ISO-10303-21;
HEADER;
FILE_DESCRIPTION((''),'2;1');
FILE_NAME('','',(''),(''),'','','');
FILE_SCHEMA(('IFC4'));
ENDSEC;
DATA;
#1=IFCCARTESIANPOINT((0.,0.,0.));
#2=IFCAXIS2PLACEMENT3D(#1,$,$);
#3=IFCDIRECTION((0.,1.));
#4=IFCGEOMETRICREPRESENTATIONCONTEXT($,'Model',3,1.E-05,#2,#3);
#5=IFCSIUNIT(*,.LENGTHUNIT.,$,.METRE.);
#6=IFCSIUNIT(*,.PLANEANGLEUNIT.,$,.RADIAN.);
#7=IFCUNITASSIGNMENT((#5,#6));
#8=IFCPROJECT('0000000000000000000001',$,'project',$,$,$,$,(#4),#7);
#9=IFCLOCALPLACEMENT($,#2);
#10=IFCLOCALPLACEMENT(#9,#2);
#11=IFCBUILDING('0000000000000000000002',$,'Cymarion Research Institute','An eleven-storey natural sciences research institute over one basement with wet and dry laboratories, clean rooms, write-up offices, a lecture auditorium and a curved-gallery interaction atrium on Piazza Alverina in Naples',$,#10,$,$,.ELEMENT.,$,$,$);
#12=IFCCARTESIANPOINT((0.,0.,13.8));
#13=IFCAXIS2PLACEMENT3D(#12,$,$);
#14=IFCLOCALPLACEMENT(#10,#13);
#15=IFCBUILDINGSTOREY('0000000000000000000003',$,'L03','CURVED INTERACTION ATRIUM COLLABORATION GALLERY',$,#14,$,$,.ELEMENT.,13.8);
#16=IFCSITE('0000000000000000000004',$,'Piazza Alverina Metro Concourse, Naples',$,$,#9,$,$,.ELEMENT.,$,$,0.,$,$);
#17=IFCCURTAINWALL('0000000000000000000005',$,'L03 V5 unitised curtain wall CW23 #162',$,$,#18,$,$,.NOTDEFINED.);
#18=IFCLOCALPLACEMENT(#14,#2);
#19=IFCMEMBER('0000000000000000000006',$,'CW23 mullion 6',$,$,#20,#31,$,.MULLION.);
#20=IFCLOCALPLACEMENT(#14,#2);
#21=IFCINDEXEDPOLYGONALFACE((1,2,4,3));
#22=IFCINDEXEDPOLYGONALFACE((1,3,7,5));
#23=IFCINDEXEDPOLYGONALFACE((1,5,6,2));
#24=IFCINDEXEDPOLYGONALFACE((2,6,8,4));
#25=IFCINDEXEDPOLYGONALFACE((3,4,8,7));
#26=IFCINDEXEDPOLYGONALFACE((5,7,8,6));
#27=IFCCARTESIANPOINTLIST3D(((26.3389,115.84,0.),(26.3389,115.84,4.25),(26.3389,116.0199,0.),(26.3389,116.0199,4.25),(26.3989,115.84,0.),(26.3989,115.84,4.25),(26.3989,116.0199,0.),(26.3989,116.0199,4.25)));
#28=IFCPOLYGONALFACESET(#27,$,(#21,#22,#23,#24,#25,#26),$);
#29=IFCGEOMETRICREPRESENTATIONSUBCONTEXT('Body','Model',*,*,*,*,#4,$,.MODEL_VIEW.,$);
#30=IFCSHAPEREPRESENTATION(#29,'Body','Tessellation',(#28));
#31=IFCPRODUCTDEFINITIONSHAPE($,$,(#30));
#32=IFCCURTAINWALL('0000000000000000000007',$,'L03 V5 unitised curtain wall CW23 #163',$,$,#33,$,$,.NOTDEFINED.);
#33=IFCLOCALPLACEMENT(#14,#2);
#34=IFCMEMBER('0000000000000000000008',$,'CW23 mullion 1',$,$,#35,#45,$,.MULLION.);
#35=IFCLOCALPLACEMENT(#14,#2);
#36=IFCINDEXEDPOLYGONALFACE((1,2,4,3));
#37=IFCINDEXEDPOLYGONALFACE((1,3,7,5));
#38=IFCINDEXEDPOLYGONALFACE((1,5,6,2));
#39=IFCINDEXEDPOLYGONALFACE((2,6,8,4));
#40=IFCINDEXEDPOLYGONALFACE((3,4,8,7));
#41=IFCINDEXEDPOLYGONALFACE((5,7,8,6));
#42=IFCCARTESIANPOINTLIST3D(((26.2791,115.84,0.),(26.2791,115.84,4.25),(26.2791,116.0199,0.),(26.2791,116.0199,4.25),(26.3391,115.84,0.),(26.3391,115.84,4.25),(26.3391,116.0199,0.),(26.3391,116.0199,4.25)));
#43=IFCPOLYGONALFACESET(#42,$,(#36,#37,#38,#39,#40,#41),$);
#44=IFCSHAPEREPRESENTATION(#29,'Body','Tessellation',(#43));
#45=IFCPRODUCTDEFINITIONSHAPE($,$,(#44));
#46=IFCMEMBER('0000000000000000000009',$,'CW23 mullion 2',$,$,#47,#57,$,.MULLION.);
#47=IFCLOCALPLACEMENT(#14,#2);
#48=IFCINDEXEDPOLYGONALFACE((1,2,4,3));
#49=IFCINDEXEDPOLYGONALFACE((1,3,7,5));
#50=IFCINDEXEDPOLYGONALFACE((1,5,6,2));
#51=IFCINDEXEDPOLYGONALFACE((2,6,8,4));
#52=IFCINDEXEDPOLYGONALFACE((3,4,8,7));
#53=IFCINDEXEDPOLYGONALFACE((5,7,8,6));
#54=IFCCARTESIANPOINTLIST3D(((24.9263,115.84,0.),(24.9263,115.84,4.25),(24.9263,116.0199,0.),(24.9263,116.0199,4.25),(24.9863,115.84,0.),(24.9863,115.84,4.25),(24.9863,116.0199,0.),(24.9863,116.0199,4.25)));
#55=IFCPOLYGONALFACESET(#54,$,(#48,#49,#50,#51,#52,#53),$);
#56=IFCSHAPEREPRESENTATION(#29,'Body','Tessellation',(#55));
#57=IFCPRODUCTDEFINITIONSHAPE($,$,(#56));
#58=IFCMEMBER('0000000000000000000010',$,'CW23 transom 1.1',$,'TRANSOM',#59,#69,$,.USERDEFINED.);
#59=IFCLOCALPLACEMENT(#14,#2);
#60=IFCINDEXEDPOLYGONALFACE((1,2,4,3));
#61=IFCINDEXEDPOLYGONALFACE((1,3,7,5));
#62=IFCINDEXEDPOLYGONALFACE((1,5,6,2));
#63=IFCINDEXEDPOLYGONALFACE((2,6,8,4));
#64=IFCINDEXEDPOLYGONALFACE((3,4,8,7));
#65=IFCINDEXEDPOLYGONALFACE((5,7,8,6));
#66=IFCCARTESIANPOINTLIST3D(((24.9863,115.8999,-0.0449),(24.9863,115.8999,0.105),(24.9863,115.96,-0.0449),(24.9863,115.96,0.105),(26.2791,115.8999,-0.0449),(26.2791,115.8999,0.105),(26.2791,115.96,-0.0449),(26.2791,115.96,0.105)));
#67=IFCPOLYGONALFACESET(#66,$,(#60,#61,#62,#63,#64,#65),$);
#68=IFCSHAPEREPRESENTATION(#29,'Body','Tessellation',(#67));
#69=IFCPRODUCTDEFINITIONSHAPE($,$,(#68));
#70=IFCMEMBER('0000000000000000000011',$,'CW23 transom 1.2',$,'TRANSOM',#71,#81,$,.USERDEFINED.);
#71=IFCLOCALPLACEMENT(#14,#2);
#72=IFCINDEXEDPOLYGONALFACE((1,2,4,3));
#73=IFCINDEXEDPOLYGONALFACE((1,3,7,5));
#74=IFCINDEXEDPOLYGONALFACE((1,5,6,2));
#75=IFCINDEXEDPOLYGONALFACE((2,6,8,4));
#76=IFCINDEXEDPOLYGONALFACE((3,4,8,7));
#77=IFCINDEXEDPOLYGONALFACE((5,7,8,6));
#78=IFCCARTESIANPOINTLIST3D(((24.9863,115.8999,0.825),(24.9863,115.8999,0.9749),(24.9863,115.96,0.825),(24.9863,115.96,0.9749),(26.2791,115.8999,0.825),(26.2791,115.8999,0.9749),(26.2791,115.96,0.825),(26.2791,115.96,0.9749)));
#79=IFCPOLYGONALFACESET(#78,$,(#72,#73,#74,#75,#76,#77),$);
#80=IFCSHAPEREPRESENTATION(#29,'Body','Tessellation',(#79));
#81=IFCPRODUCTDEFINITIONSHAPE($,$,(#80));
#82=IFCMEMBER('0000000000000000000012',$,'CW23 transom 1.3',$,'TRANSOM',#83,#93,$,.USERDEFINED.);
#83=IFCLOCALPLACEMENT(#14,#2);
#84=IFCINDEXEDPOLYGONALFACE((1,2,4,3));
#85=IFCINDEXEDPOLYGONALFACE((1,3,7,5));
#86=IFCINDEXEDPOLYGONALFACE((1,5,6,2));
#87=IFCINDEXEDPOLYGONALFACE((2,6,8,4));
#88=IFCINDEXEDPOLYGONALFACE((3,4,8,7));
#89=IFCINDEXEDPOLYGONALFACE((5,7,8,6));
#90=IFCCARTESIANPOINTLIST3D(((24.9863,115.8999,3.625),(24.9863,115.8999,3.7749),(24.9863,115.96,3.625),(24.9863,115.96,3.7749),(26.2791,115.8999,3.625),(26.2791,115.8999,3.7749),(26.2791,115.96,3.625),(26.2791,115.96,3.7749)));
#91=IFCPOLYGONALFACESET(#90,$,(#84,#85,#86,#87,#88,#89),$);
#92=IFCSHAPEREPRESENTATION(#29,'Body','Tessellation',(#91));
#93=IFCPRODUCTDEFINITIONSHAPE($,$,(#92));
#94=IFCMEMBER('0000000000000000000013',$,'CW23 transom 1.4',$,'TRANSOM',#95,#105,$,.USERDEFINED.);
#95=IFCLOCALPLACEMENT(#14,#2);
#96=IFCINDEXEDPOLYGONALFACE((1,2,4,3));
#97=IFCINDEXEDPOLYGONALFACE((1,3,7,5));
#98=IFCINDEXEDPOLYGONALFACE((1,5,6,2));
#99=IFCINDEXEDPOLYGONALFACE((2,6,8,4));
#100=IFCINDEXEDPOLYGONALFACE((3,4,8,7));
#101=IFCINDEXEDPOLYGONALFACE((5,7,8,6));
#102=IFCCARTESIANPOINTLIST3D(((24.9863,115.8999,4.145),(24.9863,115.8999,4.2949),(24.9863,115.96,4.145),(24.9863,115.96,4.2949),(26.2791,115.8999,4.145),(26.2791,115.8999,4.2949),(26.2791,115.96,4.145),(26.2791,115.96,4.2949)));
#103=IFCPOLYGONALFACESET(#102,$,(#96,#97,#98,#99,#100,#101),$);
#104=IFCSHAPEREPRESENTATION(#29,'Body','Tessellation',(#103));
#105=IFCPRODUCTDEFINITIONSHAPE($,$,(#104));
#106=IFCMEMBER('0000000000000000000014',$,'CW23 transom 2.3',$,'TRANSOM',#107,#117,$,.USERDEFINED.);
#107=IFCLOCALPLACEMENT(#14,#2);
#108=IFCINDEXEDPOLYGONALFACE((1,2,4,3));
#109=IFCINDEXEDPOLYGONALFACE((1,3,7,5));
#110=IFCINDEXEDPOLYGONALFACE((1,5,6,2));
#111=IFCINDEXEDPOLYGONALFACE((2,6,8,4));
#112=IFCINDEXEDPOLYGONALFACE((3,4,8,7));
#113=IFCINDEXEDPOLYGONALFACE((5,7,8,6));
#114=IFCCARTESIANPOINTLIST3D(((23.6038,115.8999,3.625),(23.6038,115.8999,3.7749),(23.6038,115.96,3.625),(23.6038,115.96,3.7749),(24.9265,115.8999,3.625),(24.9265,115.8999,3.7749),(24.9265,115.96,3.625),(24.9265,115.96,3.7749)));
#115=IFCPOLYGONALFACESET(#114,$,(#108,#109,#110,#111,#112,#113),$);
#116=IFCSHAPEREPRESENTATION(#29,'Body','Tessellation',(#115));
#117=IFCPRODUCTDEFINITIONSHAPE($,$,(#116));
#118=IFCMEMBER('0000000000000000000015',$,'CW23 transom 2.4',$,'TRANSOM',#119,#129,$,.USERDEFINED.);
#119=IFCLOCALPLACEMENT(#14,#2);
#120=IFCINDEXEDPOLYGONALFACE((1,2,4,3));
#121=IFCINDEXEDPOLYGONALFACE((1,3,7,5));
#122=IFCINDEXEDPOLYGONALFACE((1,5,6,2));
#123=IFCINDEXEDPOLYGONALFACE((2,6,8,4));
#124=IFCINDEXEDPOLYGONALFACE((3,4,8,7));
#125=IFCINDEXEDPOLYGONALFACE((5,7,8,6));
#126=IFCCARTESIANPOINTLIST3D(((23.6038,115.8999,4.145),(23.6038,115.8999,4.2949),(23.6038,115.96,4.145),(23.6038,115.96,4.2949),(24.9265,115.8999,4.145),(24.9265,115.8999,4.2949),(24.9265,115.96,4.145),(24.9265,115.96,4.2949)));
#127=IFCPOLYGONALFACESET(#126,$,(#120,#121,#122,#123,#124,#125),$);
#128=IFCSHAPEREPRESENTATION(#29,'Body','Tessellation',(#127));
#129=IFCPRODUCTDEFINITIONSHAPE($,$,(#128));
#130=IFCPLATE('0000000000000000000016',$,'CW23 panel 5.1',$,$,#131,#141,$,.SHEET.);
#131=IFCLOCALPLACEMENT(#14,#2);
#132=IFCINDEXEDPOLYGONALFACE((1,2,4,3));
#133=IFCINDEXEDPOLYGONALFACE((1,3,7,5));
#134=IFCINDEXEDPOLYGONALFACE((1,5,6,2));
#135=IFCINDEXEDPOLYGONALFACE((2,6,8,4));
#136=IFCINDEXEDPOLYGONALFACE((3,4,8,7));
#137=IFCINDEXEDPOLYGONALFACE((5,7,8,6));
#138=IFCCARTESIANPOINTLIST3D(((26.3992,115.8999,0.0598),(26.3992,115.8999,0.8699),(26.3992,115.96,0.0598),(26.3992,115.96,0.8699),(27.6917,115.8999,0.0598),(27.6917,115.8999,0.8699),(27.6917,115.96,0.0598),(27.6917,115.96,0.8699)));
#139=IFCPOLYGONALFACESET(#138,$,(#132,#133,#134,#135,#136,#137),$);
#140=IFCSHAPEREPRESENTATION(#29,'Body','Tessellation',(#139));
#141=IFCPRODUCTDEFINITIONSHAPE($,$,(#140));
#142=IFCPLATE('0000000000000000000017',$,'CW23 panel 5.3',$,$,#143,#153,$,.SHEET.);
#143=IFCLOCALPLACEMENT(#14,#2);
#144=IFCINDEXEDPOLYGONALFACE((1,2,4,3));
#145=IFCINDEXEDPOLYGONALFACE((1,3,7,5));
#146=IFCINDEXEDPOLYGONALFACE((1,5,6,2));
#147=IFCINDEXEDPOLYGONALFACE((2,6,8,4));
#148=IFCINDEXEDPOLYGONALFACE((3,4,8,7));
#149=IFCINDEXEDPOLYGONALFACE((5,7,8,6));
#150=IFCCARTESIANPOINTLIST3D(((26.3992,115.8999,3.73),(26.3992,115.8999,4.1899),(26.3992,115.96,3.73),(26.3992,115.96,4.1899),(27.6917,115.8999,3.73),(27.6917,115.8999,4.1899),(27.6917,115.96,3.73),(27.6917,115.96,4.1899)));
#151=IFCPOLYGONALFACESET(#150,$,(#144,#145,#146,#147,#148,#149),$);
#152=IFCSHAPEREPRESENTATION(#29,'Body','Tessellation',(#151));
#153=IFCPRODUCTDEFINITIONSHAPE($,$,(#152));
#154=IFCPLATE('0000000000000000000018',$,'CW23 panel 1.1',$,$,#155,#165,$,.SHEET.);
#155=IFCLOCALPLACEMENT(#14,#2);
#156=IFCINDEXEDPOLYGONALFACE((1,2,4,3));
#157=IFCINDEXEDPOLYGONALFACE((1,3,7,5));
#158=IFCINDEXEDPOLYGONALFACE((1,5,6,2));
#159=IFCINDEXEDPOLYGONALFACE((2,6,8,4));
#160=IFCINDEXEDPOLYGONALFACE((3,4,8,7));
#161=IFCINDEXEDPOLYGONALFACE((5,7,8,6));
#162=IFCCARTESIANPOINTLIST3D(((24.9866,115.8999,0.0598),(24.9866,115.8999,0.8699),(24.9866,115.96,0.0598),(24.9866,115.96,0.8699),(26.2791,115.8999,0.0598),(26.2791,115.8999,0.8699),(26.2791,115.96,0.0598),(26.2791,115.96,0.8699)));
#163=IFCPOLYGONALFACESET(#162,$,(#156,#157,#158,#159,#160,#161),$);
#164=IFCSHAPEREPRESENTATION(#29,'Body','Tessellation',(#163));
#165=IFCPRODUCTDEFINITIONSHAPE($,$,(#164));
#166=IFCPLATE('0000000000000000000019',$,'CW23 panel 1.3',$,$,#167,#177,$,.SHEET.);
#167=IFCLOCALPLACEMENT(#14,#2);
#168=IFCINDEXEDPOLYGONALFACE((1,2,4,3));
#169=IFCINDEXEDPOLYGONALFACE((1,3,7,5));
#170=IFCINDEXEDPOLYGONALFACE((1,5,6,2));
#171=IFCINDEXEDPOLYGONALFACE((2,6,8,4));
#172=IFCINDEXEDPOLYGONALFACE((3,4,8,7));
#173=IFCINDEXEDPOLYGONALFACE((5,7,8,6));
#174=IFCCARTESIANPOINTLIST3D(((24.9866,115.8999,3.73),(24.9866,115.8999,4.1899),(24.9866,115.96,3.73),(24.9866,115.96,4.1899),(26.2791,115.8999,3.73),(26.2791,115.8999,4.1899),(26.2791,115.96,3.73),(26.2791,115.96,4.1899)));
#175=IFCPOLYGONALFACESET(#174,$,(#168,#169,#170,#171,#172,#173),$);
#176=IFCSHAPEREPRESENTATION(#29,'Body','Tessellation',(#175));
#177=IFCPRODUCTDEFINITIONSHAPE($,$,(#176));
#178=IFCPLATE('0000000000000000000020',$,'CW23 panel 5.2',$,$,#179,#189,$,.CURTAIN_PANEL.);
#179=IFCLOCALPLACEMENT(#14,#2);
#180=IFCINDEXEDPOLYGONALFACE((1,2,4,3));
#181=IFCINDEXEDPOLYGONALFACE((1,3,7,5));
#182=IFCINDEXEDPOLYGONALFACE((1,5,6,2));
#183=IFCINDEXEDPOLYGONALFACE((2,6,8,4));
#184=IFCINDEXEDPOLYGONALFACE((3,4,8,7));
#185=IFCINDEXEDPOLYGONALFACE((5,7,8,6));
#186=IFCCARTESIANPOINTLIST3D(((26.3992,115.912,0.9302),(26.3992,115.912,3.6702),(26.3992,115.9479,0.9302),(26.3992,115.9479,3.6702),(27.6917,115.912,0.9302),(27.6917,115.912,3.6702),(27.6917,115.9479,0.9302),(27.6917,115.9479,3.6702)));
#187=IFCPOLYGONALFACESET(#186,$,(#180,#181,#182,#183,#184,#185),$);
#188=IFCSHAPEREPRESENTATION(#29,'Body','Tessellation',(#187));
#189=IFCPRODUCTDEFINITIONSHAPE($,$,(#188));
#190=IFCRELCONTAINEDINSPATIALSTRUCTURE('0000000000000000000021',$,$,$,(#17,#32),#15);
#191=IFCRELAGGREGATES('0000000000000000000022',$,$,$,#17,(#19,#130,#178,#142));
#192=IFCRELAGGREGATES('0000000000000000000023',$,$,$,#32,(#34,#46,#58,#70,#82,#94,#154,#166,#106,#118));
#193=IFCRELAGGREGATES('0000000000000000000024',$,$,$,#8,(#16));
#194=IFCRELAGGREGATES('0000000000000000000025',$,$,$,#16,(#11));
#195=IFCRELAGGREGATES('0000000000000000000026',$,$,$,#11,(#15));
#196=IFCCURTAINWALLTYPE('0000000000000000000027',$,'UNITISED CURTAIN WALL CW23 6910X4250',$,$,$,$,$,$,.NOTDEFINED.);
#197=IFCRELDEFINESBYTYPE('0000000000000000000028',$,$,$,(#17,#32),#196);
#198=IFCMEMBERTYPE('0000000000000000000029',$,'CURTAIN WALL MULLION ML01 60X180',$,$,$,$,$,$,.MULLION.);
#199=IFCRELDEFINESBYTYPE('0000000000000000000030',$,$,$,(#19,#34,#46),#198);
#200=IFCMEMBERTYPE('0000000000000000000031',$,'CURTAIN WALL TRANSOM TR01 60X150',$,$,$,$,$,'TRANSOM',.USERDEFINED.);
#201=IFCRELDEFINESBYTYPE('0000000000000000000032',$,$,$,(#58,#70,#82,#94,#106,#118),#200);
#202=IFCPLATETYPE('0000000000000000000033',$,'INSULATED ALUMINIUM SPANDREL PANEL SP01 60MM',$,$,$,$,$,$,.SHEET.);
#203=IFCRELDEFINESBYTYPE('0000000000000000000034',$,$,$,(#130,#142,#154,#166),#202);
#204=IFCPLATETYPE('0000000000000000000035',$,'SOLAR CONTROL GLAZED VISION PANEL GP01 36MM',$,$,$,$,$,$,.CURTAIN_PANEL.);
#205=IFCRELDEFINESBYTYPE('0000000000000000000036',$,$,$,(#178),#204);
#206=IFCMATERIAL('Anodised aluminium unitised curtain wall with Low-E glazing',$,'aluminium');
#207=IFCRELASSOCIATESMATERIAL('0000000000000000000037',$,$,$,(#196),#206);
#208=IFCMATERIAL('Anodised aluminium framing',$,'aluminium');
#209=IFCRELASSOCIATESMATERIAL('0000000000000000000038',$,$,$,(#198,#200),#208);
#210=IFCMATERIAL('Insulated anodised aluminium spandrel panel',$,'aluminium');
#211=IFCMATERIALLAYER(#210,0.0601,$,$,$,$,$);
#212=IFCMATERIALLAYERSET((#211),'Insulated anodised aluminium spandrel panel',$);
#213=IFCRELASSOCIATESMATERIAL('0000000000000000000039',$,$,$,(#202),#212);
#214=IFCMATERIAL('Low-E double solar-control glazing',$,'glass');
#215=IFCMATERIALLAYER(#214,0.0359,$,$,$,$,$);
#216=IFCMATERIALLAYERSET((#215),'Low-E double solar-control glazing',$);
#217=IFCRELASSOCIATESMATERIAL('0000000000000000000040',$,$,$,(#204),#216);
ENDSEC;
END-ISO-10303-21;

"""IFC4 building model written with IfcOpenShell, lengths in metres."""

from ifc_helpers import new_model, si_unit, direction, frame, origin, origin_2d, place, context, subcontext, project, spatial, rectangle, extrude, material, layer, layer_set, material_profile, profile_set, type_object, element, aggregate, save


model = new_model("IFC4")

# Units and contexts
model_context = context("Model", 3, precision=1e-05, world=origin(), true_north=direction((0.0, 1.0)))
body_context = subcontext(model_context, "Body", "Model", "MODEL_VIEW")
ifc_project = project(units=[si_unit("LENGTHUNIT", "METRE"), si_unit("PLANEANGLEUNIT", "RADIAN")], contexts=[model_context])

# Site, building, storey
site_placement = place(None, origin())
site = spatial("IfcSite", under=ifc_project, at=site_placement, Name="Piazza Alverina Metro Concourse, Naples", CompositionType="ELEMENT", RefElevation=0.0)
building_placement = place(site_placement, origin())
building = spatial("IfcBuilding", under=site, at=building_placement, Name="Cymarion Research Institute", Description="An eleven-storey natural sciences research institute over one basement with wet and dry laboratories, clean rooms, write-up offices, a lecture auditorium and a curved-gallery interaction atrium on Piazza Alverina in Naples", CompositionType="ELEMENT")
storey_placement = place(building_placement, frame((0.0, 0.0, 13.8)))
storey = spatial("IfcBuildingStorey", under=building, at=storey_placement, Name="L03", Description="CURVED INTERACTION ATRIUM COLLABORATION GALLERY", CompositionType="ELEMENT", Elevation=13.8)

# Curtain wall, member
ifc_material_1 = material(Name="Anodised aluminium unitised curtain wall with Low-E glazing", Category="aluminium")
curtain_wall_type = type_object("IfcCurtainWallType", Name="UNITISED CURTAIN WALL CW23 6910X4250", PredefinedType="NOTDEFINED", material=ifc_material_1)
curtain_wall_1_placement = place(storey_placement, origin())
curtain_wall_1 = element("IfcCurtainWall", 1, at=curtain_wall_1_placement, inside=storey, type_object=curtain_wall_type, Name="L03 V5 unitised curtain wall CW23 #162", PredefinedType="NOTDEFINED")
ifc_material_2 = material(Name="Anodised aluminium framing", Category="aluminium")
ifc_material_profile_1 = material_profile(ifc_material_2, rectangle(XDim=0.0601, YDim=0.1799, at=origin_2d()), Name="ALU MULLION 60x180")
ifc_profile_set_1 = profile_set([ifc_material_profile_1], Name="Anodised aluminium framing")
member_type_1 = type_object("IfcMemberType", Name="CURTAIN WALL MULLION ML01 60X180", PredefinedType="MULLION", material=ifc_profile_set_1)
member_1_placement = place(storey_placement, frame((26.3689, 115.9299, 0.0), z_axis=(0.0, 0.0, 1.0), x_axis=(-1.0, 0.0, 0.0)))
member_1 = element("IfcMember", 2, at=member_1_placement, type_object=member_type_1, Name="CW23 mullion 6", PredefinedType="MULLION", context=body_context, shape_type="SweptSolid", body=[
    extrude(rectangle(XDim=0.0601, YDim=0.1799, at=origin_2d()), origin(), (0.0, 0.0, 1.0), 4.25),
])

# Curtain wall, members
curtain_wall_2_placement = place(storey_placement, origin())
curtain_wall_2 = element("IfcCurtainWall", 3, at=curtain_wall_2_placement, inside=storey, type_object=curtain_wall_type, Name="L03 V5 unitised curtain wall CW23 #163", PredefinedType="NOTDEFINED")
member_2_placement = place(storey_placement, frame((26.3091, 115.9299, 0.0), z_axis=(0.0, 0.0, 1.0), x_axis=(-1.0, 0.0, 0.0)))
member_2 = element("IfcMember", 4, at=member_2_placement, type_object=member_type_1, Name="CW23 mullion 1", PredefinedType="MULLION", context=body_context, shape_type="SweptSolid", body=[
    extrude(rectangle(XDim=0.0601, YDim=0.1799, at=origin_2d()), origin(), (0.0, 0.0, 1.0), 4.25),
])
member_3_placement = place(storey_placement, frame((24.9563, 115.9299, 0.0), z_axis=(0.0, 0.0, 1.0), x_axis=(-1.0, 0.0, 0.0)))
member_3 = element("IfcMember", 5, at=member_3_placement, type_object=member_type_1, Name="CW23 mullion 2", PredefinedType="MULLION", context=body_context, shape_type="SweptSolid", body=[
    extrude(rectangle(XDim=0.0601, YDim=0.1799, at=origin_2d()), origin(), (0.0, 0.0, 1.0), 4.25),
])
ifc_material_profile_2 = material_profile(ifc_material_2, rectangle(XDim=0.0601, YDim=0.1499, at=origin_2d()), Name="ALU TRANSOM 60x150")
ifc_profile_set_2 = profile_set([ifc_material_profile_2], Name="Anodised aluminium framing")
member_type_2 = type_object("IfcMemberType", Name="CURTAIN WALL TRANSOM TR01 60X150", ElementType="TRANSOM", PredefinedType="USERDEFINED", material=ifc_profile_set_2)
member_4_placement = place(storey_placement, frame((26.2791, 115.9299, 0.03), z_axis=(-1.0, 0.0, 0.0), x_axis=(0.0, -1.0, 0.0)))
member_4 = element("IfcMember", 6, at=member_4_placement, type_object=member_type_2, Name="CW23 transom 1.1", ObjectType="TRANSOM", PredefinedType="USERDEFINED", context=body_context, shape_type="SweptSolid", body=[
    extrude(rectangle(XDim=0.0601, YDim=0.1499, at=origin_2d()), origin(), (0.0, 0.0, 1.0), 1.2927),
])
member_5_placement = place(storey_placement, frame((26.2791, 115.9299, 0.8999), z_axis=(-1.0, 0.0, 0.0), x_axis=(0.0, -1.0, 0.0)))
member_5 = element("IfcMember", 7, at=member_5_placement, type_object=member_type_2, Name="CW23 transom 1.2", ObjectType="TRANSOM", PredefinedType="USERDEFINED", context=body_context, shape_type="SweptSolid", body=[
    extrude(rectangle(XDim=0.0601, YDim=0.1499, at=origin_2d()), origin(), (0.0, 0.0, 1.0), 1.2927),
])
member_6_placement = place(storey_placement, frame((26.2791, 115.9299, 3.7), z_axis=(-1.0, 0.0, 0.0), x_axis=(0.0, -1.0, 0.0)))
member_6 = element("IfcMember", 8, at=member_6_placement, type_object=member_type_2, Name="CW23 transom 1.3", ObjectType="TRANSOM", PredefinedType="USERDEFINED", context=body_context, shape_type="SweptSolid", body=[
    extrude(rectangle(XDim=0.0601, YDim=0.1499, at=origin_2d()), origin(), (0.0, 0.0, 1.0), 1.2927),
])
member_7_placement = place(storey_placement, frame((26.2791, 115.9299, 4.22), z_axis=(-1.0, 0.0, 0.0), x_axis=(0.0, -1.0, 0.0)))
member_7 = element("IfcMember", 9, at=member_7_placement, type_object=member_type_2, Name="CW23 transom 1.4", ObjectType="TRANSOM", PredefinedType="USERDEFINED", context=body_context, shape_type="SweptSolid", body=[
    extrude(rectangle(XDim=0.0601, YDim=0.1499, at=origin_2d()), origin(), (0.0, 0.0, 1.0), 1.2927),
])
member_8_placement = place(storey_placement, frame((24.9265, 115.9299, 3.7), z_axis=(-1.0, 0.0, 0.0), x_axis=(0.0, -1.0, 0.0)))
member_8 = element("IfcMember", 10, at=member_8_placement, type_object=member_type_2, Name="CW23 transom 2.3", ObjectType="TRANSOM", PredefinedType="USERDEFINED", context=body_context, shape_type="SweptSolid", body=[
    extrude(rectangle(XDim=0.0601, YDim=0.1499, at=origin_2d()), origin(), (0.0, 0.0, 1.0), 1.3228),
])
member_9_placement = place(storey_placement, frame((24.9265, 115.9299, 4.22), z_axis=(-1.0, 0.0, 0.0), x_axis=(0.0, -1.0, 0.0)))
member_9 = element("IfcMember", 11, at=member_9_placement, type_object=member_type_2, Name="CW23 transom 2.4", ObjectType="TRANSOM", PredefinedType="USERDEFINED", context=body_context, shape_type="SweptSolid", body=[
    extrude(rectangle(XDim=0.0601, YDim=0.1499, at=origin_2d()), origin(), (0.0, 0.0, 1.0), 1.3228),
])

# Plates
ifc_material_3 = material(Name="Insulated anodised aluminium spandrel panel", Category="aluminium")
ifc_layer_1 = layer(ifc_material_3, 0.0601)
ifc_layer_set_1 = layer_set([ifc_layer_1], Name="Insulated anodised aluminium spandrel panel")
plate_type_1 = type_object("IfcPlateType", Name="INSULATED ALUMINIUM SPANDREL PANEL SP01 60MM", PredefinedType="SHEET", material=ifc_layer_set_1)
plate_1_placement = place(storey_placement, frame((27.0454, 115.9299, 0.0598), z_axis=(0.0, 0.0, 1.0), x_axis=(-1.0, 0.0, 0.0)))
plate_1 = element("IfcPlate", 12, at=plate_1_placement, type_object=plate_type_1, Name="CW23 panel 5.1", PredefinedType="SHEET", context=body_context, shape_type="SweptSolid", body=[
    extrude(rectangle(XDim=1.2925, YDim=0.0601, at=origin_2d()), origin(), (0.0, 0.0, 1.0), 0.8101),
])
plate_2_placement = place(storey_placement, frame((27.0454, 115.9299, 3.73), z_axis=(0.0, 0.0, 1.0), x_axis=(-1.0, 0.0, 0.0)))
plate_2 = element("IfcPlate", 13, at=plate_2_placement, type_object=plate_type_1, Name="CW23 panel 5.3", PredefinedType="SHEET", context=body_context, shape_type="SweptSolid", body=[
    extrude(rectangle(XDim=1.2925, YDim=0.0601, at=origin_2d()), origin(), (0.0, 0.0, 1.0), 0.46),
])
plate_3_placement = place(storey_placement, frame((25.6328, 115.9299, 0.0598), z_axis=(0.0, 0.0, 1.0), x_axis=(-1.0, 0.0, 0.0)))
plate_3 = element("IfcPlate", 14, at=plate_3_placement, type_object=plate_type_1, Name="CW23 panel 1.1", PredefinedType="SHEET", context=body_context, shape_type="SweptSolid", body=[
    extrude(rectangle(XDim=1.2925, YDim=0.0601, at=origin_2d()), origin(), (0.0, 0.0, 1.0), 0.8101),
])
plate_4_placement = place(storey_placement, frame((25.6328, 115.9299, 3.73), z_axis=(0.0, 0.0, 1.0), x_axis=(-1.0, 0.0, 0.0)))
plate_4 = element("IfcPlate", 15, at=plate_4_placement, type_object=plate_type_1, Name="CW23 panel 1.3", PredefinedType="SHEET", context=body_context, shape_type="SweptSolid", body=[
    extrude(rectangle(XDim=1.2925, YDim=0.0601, at=origin_2d()), origin(), (0.0, 0.0, 1.0), 0.46),
])
ifc_material_4 = material(Name="Low-E double solar-control glazing", Category="glass")
ifc_layer_2 = layer(ifc_material_4, 0.0359)
ifc_layer_set_2 = layer_set([ifc_layer_2], Name="Low-E double solar-control glazing")
plate_type_2 = type_object("IfcPlateType", Name="SOLAR CONTROL GLAZED VISION PANEL GP01 36MM", PredefinedType="CURTAIN_PANEL", material=ifc_layer_set_2)
plate_5_placement = place(storey_placement, frame((27.0454, 115.9299, 0.9302), z_axis=(0.0, 0.0, 1.0), x_axis=(-1.0, 0.0, 0.0)))
plate_5 = element("IfcPlate", 16, at=plate_5_placement, type_object=plate_type_2, Name="CW23 panel 5.2", PredefinedType="CURTAIN_PANEL", context=body_context, shape_type="SweptSolid", body=[
    extrude(rectangle(XDim=1.2925, YDim=0.0359, at=origin_2d()), origin(), (0.0, 0.0, 1.0), 2.74),
])
aggregate(curtain_wall_1, [member_1, plate_1, plate_5, plate_2])
aggregate(curtain_wall_2, [member_2, member_3, member_4, member_5, member_6, member_7, plate_3, plate_4, member_8, member_9])

save(model, "model.ifc")
